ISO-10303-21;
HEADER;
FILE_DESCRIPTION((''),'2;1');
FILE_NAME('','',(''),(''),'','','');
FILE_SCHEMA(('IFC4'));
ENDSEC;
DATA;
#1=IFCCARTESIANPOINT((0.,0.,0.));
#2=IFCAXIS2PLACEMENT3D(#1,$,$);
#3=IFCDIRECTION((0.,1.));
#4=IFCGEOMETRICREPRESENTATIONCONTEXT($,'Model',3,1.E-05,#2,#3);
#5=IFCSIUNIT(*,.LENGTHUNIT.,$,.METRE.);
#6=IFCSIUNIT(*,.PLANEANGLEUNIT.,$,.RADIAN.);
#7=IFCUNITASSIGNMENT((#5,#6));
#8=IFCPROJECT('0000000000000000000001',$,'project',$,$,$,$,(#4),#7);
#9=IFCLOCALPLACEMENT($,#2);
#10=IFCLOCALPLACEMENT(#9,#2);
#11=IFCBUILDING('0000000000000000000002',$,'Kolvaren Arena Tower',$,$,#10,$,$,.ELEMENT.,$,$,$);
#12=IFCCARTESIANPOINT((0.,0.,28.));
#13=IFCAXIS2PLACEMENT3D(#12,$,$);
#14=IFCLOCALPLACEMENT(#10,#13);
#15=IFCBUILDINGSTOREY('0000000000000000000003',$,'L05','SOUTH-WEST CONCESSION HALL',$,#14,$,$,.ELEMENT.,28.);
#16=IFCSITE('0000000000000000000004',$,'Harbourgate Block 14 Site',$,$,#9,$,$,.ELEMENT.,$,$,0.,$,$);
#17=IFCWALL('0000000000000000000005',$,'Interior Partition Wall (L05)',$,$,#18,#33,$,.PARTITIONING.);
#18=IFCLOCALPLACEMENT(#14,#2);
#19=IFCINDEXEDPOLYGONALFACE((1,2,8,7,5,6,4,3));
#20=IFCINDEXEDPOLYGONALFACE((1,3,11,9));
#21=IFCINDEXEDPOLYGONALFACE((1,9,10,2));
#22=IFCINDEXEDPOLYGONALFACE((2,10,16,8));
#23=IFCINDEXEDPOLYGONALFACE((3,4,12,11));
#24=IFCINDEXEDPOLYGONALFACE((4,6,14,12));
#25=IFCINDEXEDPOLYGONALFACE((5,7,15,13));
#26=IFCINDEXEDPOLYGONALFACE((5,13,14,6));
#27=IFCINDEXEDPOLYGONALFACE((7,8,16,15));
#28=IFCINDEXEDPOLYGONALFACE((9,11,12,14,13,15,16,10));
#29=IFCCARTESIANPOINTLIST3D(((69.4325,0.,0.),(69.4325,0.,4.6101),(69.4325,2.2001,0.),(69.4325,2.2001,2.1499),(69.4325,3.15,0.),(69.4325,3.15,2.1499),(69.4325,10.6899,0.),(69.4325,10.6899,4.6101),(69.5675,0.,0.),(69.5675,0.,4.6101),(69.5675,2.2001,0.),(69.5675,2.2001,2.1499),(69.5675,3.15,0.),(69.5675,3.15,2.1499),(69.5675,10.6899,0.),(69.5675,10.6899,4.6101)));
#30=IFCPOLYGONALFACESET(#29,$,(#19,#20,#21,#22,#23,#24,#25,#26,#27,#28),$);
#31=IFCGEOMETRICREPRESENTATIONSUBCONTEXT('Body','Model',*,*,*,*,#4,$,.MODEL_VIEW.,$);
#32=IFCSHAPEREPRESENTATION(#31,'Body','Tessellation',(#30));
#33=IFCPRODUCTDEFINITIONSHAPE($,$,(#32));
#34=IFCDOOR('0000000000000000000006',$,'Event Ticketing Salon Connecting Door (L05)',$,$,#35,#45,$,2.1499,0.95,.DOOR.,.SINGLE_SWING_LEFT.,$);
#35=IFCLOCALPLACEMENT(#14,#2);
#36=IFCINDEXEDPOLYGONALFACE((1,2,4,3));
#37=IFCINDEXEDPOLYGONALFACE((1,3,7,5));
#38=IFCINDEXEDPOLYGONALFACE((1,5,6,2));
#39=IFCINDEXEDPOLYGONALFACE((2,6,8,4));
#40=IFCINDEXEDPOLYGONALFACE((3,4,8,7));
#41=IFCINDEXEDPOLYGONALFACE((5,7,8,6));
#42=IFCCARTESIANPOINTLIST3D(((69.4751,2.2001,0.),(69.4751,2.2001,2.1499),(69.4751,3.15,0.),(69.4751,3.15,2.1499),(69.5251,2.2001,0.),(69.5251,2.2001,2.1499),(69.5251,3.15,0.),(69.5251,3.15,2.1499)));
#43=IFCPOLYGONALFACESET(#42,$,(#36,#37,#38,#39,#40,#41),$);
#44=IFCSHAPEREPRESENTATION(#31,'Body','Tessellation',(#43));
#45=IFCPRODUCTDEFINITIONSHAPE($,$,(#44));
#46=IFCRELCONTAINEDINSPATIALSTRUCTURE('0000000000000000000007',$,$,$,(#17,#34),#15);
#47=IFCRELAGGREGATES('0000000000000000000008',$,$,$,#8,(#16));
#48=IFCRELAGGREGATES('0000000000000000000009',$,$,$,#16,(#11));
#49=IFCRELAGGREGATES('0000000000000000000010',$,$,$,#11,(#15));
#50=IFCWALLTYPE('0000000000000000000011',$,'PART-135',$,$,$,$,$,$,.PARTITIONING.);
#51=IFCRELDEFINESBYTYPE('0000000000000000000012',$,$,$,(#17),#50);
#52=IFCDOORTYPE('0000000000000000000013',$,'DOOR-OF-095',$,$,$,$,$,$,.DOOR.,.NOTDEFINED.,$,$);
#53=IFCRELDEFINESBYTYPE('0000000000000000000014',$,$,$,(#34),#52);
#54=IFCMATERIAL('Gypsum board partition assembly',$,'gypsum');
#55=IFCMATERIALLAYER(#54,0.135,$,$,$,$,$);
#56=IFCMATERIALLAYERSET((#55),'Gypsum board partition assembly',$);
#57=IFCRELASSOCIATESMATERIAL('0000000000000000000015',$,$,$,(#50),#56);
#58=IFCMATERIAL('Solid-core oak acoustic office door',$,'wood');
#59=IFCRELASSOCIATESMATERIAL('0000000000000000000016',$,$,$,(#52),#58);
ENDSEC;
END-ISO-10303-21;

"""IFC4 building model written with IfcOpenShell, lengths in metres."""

from ifc_helpers import new_model, si_unit, direction, frame, frame_2d, origin, place, context, subcontext, project, spatial, rectangle, extrude, material, layer, layer_set, type_object, element, fill, save


model = new_model("IFC4")

# Units and contexts
model_context = context("Model", 3, precision=1e-05, world=origin(), true_north=direction((0.0, 1.0)))
body_context = subcontext(model_context, "Body", "Model", "MODEL_VIEW")
ifc_project = project(units=[si_unit("LENGTHUNIT", "METRE"), si_unit("PLANEANGLEUNIT", "RADIAN")], contexts=[model_context])

# Site, building, storey
site_placement = place(None, origin())
site = spatial("IfcSite", under=ifc_project, at=site_placement, Name="Harbourgate Block 14 Site", CompositionType="ELEMENT", RefElevation=0.0)
building_placement = place(site_placement, origin())
building = spatial("IfcBuilding", under=site, at=building_placement, Name="Kolvaren Arena Tower", CompositionType="ELEMENT")
storey_placement = place(building_placement, frame((0.0, 0.0, 28.0)))
storey = spatial("IfcBuildingStorey", under=building, at=storey_placement, Name="L05", Description="SOUTH-WEST CONCESSION HALL", CompositionType="ELEMENT", Elevation=28.0)

# Wall, opening, door
ifc_material_1 = material(Name="Gypsum board partition assembly", Category="gypsum")
ifc_layer_1 = layer(ifc_material_1, 0.135)
ifc_layer_set_1 = layer_set([ifc_layer_1], Name="Gypsum board partition assembly")
wall_type_1 = type_object("IfcWallType", Name="PART-135", PredefinedType="PARTITIONING", material=ifc_layer_set_1)
wall_1_placement = place(storey_placement, frame((69.5, 0.0, 0.0), z_axis=(0.0, 0.0, 1.0), x_axis=(0.0, 1.0, 0.0)))
wall_1 = element("IfcWall", 1, at=wall_1_placement, inside=storey, type_object=wall_type_1, Name="Interior Partition Wall (L05)", PredefinedType="PARTITIONING", context=body_context, shape_type="SweptSolid", body=[
    extrude(rectangle(XDim=10.6899, YDim=0.135, at=frame_2d((5.345, 0.0))), origin(), (0.0, 0.0, 1.0), 4.6101),
])
opening_1_placement = place(wall_1_placement, frame((2.2, 0.0, 0.0)))
opening_1 = element("IfcOpeningElement", 2, at=opening_1_placement, cuts=wall_1, PredefinedType="OPENING", context=body_context, shape_type="SweptSolid", body=[
    extrude(rectangle(XDim=0.95, YDim=2.1499, at=frame_2d((0.4751, 1.075))), frame((0.0, 0.0774, 0.0), z_axis=(0.0, -1.0, 0.0), x_axis=(1.0, 0.0, 0.0)), (0.0, 0.0, 1.0), 0.155),
])
ifc_material_2 = material(Name="Solid-core oak acoustic office door", Category="wood")
door_type_1 = type_object("IfcDoorType", Name="DOOR-OF-095", OperationType="NOTDEFINED", PredefinedType="DOOR", material=ifc_material_2)
door_1_placement = place(opening_1_placement, origin())
door_1 = element("IfcDoor", 3, at=door_1_placement, inside=storey, type_object=door_type_1, Name="Event Ticketing Salon Connecting Door (L05)", OperationType="SINGLE_SWING_LEFT", OverallHeight=2.1499, OverallWidth=0.95, PredefinedType="DOOR", context=body_context, shape_type="SweptSolid", body=[
    extrude(rectangle(XDim=0.95, YDim=2.1499, at=frame_2d((0.4751, 1.075))), frame((0.0, 0.0249, 0.0), z_axis=(0.0, -1.0, 0.0), x_axis=(1.0, 0.0, 0.0)), (0.0, 0.0, 1.0), 0.05),
])
fill(opening_1, door_1)

save(model, "model.ifc")
